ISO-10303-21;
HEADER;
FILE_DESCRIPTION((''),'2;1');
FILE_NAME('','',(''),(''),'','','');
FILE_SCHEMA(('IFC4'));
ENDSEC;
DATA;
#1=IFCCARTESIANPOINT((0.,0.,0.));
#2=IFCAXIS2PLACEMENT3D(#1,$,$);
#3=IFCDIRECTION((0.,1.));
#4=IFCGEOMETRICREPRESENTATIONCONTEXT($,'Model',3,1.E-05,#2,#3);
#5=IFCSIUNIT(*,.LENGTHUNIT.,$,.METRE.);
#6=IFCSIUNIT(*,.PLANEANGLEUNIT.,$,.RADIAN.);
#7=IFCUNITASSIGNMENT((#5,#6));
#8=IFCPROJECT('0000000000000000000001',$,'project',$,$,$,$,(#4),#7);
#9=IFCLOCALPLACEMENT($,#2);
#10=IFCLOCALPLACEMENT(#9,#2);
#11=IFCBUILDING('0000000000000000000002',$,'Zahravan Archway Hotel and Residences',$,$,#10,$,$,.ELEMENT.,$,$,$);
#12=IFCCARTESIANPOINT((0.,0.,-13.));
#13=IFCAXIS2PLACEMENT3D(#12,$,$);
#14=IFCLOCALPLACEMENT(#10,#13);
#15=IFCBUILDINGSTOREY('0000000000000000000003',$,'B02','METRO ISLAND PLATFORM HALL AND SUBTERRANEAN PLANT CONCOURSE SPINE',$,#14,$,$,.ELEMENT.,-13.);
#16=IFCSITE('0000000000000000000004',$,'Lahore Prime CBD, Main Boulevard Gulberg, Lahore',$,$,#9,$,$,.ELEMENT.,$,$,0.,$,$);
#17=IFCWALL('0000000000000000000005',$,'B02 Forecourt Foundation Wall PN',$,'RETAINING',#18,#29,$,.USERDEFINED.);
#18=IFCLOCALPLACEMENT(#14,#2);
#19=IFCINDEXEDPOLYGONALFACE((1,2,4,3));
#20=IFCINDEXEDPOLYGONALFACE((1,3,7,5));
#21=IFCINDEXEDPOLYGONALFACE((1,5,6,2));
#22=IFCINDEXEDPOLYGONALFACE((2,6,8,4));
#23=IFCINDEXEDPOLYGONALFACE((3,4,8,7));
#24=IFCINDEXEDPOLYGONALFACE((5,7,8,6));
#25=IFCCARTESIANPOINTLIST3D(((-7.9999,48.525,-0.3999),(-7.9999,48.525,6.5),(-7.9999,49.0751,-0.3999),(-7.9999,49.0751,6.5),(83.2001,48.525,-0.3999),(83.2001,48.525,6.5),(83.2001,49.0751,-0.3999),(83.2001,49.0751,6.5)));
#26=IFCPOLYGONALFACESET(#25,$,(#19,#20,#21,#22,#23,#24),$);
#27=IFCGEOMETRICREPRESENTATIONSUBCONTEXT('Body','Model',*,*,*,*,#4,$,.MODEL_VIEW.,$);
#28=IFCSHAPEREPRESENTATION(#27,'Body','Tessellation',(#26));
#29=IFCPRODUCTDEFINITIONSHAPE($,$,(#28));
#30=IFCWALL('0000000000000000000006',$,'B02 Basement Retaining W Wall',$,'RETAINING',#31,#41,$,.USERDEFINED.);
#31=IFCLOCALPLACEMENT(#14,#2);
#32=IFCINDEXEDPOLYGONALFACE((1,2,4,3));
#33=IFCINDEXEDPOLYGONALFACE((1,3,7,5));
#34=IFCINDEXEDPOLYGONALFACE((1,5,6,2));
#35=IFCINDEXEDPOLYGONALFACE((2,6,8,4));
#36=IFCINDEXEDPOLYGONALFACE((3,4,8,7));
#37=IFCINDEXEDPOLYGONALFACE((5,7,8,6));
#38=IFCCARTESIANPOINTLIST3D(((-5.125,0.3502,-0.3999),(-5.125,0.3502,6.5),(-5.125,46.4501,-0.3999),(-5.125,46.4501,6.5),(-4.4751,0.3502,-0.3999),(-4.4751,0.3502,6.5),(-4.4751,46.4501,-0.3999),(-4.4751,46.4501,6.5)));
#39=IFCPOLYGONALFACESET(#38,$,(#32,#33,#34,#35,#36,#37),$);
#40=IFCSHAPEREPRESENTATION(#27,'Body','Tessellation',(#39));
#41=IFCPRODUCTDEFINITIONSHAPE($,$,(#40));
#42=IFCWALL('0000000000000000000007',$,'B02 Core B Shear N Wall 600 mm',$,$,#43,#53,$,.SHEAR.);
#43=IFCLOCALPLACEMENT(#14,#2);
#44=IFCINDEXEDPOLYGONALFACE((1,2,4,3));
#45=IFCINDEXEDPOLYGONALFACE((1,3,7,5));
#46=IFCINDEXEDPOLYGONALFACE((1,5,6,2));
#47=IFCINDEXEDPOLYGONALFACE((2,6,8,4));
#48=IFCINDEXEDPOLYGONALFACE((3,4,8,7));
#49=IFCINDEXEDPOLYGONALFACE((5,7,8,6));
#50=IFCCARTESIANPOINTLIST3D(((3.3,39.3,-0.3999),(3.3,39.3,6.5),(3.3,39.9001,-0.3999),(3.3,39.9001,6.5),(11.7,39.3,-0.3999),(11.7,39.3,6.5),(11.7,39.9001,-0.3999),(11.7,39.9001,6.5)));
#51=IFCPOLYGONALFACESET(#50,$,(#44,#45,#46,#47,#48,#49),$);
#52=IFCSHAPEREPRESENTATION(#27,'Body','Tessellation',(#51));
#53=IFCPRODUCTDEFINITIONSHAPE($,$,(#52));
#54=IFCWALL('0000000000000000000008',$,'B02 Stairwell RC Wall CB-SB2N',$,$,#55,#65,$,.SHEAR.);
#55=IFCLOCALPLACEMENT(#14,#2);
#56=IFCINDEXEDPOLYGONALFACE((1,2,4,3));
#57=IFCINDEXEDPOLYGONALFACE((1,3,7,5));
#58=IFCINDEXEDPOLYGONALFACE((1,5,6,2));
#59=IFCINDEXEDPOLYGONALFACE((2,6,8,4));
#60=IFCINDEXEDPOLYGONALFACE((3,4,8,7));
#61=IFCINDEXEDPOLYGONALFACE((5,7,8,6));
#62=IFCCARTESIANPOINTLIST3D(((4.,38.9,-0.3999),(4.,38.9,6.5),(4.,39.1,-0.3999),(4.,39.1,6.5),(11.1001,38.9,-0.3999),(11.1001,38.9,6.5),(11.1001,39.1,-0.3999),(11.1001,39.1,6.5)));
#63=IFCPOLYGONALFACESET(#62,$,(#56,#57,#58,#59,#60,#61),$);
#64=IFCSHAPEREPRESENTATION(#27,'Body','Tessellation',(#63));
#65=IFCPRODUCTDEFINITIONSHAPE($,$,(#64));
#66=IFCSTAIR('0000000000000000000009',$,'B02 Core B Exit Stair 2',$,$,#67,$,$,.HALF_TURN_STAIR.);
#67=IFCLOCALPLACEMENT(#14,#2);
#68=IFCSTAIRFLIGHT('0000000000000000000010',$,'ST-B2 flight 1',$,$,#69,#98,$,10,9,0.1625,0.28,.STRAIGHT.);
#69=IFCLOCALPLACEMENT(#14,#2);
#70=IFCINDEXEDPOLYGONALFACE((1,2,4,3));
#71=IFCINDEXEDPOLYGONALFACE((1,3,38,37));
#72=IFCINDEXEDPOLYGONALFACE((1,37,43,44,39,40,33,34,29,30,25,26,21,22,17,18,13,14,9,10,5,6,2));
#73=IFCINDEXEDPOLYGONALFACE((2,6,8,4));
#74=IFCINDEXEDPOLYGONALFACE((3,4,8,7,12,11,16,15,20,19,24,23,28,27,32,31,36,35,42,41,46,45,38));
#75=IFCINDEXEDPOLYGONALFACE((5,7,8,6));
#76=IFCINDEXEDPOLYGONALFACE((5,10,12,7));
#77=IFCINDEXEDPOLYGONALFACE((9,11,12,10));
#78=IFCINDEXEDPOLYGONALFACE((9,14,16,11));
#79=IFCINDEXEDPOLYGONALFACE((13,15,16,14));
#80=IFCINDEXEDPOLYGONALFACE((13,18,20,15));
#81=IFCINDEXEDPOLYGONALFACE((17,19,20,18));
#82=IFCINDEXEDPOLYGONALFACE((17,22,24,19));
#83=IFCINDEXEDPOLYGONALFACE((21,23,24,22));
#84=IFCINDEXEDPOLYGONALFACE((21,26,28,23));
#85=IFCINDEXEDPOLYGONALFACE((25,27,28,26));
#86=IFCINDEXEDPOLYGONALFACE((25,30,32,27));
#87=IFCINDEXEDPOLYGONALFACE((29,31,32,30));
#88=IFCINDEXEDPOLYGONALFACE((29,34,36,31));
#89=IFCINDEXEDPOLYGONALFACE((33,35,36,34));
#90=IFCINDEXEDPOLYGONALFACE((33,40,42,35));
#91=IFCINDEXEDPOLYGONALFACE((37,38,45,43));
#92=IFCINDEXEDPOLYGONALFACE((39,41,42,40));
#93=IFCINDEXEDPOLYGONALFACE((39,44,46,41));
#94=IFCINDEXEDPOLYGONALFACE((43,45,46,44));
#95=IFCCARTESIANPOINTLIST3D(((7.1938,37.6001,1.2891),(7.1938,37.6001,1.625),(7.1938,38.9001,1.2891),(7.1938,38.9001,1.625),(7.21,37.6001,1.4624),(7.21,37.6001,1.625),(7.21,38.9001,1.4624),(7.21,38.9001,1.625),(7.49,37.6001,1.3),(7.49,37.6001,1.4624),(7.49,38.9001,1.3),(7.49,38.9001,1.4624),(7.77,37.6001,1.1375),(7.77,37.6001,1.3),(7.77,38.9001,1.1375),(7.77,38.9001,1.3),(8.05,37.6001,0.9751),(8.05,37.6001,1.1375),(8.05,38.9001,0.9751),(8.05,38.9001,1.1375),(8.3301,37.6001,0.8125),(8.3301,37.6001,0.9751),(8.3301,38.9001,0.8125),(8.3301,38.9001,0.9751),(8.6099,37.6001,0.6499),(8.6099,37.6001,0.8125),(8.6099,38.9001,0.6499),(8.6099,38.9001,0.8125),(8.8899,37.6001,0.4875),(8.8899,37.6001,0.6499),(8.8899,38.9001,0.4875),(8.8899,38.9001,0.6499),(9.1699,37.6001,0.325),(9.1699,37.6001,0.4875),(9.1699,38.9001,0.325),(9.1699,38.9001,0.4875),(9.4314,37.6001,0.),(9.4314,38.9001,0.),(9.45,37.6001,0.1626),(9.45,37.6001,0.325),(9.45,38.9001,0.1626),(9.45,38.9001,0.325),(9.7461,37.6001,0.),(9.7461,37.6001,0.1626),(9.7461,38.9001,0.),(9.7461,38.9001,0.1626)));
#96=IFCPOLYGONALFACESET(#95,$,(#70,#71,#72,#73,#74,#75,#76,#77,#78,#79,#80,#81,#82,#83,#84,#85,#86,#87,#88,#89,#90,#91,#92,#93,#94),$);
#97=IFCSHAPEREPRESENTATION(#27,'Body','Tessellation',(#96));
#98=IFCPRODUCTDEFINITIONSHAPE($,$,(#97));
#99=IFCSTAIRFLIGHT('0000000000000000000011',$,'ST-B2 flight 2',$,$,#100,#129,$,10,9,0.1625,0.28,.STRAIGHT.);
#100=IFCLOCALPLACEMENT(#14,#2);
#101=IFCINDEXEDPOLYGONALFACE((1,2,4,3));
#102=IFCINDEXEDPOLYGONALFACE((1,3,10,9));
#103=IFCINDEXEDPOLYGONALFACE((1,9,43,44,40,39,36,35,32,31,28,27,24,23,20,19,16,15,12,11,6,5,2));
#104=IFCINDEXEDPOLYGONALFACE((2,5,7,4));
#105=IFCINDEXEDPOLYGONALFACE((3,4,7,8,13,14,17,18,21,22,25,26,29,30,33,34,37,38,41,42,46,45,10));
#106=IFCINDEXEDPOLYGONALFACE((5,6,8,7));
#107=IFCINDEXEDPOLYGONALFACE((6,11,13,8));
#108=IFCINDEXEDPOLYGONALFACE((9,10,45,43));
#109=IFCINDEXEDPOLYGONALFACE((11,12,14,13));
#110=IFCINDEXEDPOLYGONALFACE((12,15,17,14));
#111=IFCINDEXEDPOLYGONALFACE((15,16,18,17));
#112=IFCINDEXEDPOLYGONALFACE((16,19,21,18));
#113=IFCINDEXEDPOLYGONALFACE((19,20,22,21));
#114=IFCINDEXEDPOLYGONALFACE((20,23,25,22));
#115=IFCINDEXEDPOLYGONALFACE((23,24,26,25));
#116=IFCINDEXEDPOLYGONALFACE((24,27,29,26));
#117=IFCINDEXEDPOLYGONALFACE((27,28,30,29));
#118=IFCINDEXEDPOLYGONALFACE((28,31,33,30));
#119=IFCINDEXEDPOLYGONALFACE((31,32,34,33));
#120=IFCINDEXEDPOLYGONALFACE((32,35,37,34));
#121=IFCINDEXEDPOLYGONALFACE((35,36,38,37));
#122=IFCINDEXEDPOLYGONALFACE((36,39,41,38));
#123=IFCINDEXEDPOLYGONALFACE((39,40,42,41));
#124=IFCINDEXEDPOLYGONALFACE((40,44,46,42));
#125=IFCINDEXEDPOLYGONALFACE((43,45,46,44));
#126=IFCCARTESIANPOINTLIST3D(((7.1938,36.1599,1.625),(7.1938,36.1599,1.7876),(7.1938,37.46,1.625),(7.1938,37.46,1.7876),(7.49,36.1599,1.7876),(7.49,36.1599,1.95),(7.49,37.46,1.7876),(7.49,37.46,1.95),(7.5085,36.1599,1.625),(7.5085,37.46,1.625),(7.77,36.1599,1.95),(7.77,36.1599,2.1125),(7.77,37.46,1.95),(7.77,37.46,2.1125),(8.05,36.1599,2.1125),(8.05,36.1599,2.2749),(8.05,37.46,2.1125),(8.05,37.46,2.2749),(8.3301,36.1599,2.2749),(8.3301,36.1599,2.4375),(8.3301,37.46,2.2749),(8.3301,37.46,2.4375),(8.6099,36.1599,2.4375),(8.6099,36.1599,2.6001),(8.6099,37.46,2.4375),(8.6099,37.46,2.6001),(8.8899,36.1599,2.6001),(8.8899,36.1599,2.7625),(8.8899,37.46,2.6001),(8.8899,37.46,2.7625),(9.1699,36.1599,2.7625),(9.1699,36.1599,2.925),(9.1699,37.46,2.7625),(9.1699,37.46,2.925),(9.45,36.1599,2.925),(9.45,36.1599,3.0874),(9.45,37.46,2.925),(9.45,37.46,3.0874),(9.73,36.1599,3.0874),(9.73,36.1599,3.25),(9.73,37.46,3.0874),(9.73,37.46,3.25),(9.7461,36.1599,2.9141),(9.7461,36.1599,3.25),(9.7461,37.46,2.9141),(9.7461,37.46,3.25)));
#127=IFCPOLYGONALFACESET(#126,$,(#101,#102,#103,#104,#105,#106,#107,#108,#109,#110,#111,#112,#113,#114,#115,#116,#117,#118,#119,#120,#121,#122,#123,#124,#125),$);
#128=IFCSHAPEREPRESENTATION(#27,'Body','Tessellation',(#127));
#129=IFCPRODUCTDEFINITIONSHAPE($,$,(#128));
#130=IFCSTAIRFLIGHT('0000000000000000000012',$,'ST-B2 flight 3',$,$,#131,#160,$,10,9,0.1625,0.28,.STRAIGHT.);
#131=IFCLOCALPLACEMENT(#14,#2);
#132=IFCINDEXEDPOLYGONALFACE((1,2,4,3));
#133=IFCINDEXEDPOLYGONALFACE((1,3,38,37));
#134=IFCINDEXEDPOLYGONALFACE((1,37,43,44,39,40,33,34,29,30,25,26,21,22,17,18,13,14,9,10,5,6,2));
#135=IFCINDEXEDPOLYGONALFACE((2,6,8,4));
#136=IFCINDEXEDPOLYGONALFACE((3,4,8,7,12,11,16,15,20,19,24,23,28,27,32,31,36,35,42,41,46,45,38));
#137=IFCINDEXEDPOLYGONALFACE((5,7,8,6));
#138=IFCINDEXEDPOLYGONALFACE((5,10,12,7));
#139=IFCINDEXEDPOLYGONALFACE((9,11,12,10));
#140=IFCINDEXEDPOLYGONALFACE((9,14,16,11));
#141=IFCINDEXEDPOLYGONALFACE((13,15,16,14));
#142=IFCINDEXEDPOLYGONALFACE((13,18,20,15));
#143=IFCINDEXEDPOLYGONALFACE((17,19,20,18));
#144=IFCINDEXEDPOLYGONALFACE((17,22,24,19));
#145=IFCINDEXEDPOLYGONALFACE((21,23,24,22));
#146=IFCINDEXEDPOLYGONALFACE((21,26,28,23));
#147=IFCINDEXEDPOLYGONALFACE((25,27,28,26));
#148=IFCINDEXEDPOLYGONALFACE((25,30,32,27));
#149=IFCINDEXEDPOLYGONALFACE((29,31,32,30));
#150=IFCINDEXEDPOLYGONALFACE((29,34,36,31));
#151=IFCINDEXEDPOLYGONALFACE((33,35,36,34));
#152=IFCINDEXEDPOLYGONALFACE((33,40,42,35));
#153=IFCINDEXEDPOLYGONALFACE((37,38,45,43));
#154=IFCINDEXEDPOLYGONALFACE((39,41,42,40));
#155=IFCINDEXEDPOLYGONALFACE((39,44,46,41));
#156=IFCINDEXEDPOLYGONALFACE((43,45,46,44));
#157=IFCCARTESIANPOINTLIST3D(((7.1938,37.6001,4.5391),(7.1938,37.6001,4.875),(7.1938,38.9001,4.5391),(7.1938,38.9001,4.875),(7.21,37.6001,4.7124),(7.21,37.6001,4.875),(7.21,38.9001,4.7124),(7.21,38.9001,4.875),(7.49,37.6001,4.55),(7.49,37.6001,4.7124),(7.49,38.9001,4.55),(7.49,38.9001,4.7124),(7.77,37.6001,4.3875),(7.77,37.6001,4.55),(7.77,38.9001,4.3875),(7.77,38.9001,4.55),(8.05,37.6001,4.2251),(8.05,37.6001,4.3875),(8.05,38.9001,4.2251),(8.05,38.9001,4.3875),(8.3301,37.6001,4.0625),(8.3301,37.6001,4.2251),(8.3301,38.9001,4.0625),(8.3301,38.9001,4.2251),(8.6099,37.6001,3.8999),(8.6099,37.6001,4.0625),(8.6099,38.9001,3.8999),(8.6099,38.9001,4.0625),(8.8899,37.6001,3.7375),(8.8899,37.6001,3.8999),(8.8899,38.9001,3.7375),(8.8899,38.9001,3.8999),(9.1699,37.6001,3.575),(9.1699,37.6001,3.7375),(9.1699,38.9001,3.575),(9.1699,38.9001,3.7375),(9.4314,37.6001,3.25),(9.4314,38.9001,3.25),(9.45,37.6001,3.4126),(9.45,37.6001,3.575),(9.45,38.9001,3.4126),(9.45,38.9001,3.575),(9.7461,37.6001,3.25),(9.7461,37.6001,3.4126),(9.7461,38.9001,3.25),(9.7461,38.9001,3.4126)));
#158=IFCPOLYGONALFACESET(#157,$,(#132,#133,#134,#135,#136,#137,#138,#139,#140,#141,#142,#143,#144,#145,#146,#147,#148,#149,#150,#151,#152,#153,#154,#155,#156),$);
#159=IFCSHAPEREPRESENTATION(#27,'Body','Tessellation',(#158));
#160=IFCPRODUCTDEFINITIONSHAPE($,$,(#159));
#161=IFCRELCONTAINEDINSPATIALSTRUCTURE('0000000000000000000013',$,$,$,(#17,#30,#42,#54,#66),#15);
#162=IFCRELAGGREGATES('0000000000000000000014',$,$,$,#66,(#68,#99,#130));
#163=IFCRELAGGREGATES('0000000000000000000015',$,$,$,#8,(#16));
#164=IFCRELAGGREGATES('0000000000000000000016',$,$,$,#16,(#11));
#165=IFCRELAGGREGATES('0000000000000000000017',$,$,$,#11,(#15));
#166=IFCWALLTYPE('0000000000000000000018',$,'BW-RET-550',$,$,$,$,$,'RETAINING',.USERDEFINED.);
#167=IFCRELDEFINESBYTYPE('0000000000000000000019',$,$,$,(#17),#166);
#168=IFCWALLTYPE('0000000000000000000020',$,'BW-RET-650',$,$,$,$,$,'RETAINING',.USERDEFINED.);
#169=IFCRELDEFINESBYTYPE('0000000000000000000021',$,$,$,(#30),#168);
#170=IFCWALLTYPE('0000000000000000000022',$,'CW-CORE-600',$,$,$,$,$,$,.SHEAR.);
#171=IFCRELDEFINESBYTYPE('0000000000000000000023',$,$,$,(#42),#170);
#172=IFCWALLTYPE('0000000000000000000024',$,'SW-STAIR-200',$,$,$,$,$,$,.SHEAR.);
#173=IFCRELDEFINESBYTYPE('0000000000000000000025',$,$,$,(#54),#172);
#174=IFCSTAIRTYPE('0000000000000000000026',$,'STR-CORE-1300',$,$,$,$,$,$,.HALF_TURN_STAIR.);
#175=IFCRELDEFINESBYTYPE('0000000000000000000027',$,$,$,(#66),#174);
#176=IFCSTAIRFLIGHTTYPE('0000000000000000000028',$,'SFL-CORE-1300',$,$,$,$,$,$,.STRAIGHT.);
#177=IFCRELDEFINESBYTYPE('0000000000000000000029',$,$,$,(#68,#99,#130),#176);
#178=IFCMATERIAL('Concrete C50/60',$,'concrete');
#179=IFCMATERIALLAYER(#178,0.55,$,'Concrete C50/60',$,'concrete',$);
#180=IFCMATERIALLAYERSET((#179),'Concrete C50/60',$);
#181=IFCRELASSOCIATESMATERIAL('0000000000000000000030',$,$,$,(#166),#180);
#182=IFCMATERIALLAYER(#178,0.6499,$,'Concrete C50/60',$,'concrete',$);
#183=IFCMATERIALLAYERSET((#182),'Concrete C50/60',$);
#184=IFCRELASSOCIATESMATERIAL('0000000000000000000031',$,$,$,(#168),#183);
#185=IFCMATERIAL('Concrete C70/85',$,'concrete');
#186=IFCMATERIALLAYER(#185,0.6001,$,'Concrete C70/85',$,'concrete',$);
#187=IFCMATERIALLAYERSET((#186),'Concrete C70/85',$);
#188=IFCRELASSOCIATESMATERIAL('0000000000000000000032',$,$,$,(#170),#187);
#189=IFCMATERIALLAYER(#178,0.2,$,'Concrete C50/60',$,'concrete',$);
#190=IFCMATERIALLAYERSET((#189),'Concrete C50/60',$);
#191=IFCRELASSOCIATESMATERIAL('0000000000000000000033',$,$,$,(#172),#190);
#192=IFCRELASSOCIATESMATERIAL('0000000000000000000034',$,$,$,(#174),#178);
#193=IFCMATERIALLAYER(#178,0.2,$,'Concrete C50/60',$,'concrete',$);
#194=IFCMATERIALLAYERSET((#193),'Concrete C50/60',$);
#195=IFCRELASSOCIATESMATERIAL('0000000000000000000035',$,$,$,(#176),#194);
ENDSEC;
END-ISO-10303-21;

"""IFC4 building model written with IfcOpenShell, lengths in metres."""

from ifc_helpers import new_model, si_unit, direction, frame, frame_2d, origin, place, context, subcontext, project, spatial, polyline, rectangle, outline, extrude, source, transform, mapped, material, layer, layer_set, type_object, type_shapes, element, aggregate, save


model = new_model("IFC4")

# Units and contexts
model_context = context("Model", 3, precision=1e-05, world=origin(), true_north=direction((0.0, 1.0)))
body_context = subcontext(model_context, "Body", "Model", "MODEL_VIEW")
ifc_project = project(units=[si_unit("LENGTHUNIT", "METRE"), si_unit("PLANEANGLEUNIT", "RADIAN")], contexts=[model_context])

# Site, building, storey
site_placement = place(None, origin())
site = spatial("IfcSite", under=ifc_project, at=site_placement, Name="Lahore Prime CBD, Main Boulevard Gulberg, Lahore", CompositionType="ELEMENT", RefElevation=0.0)
building_placement = place(site_placement, origin())
building = spatial("IfcBuilding", under=site, at=building_placement, Name="Zahravan Archway Hotel and Residences", CompositionType="ELEMENT")
storey_placement = place(building_placement, frame((0.0, 0.0, -13.0)))
storey = spatial("IfcBuildingStorey", under=building, at=storey_placement, Name="B02", Description="METRO ISLAND PLATFORM HALL AND SUBTERRANEAN PLANT CONCOURSE SPINE", CompositionType="ELEMENT", Elevation=-13.0)

# Shared definitions
ifc_material_1 = material(Name="Concrete C50/60", Category="concrete")

# Shared definitions
ifc_material_2 = material(Name="Concrete C70/85", Category="concrete")

# Walls
ifc_layer_1 = layer(ifc_material_1, 0.55, Name="Concrete C50/60", Category="concrete")
ifc_layer_set_1 = layer_set([ifc_layer_1], Name="Concrete C50/60")
wall_type_1 = type_object("IfcWallType", Name="BW-RET-550", ElementType="RETAINING", PredefinedType="USERDEFINED", material=ifc_layer_set_1)
wall_1_placement = place(storey_placement, frame((-8.0, 48.8, -0.3999), z_axis=(0.0, 0.0, 1.0), x_axis=(1.0, 0.0, 0.0)))
element("IfcWall", 1, at=wall_1_placement, inside=storey, type_object=wall_type_1, Name="B02 Forecourt Foundation Wall PN", ObjectType="RETAINING", PredefinedType="USERDEFINED", context=body_context, shape_type="SweptSolid", body=[
    extrude(rectangle(XDim=91.2, YDim=0.55, at=frame_2d((45.6001, 0.0))), origin(), (0.0, 0.0, 1.0), 6.8999),
])
ifc_layer_2 = layer(ifc_material_1, 0.6499, Name="Concrete C50/60", Category="concrete")
ifc_layer_set_2 = layer_set([ifc_layer_2], Name="Concrete C50/60")
wall_type_2 = type_object("IfcWallType", Name="BW-RET-650", ElementType="RETAINING", PredefinedType="USERDEFINED", material=ifc_layer_set_2)
wall_2_placement = place(storey_placement, frame((-4.8, 46.45, -0.3999), z_axis=(0.0, 0.0, 1.0), x_axis=(0.0, -1.0, 0.0)))
element("IfcWall", 2, at=wall_2_placement, inside=storey, type_object=wall_type_2, Name="B02 Basement Retaining W Wall", ObjectType="RETAINING", PredefinedType="USERDEFINED", context=body_context, shape_type="SweptSolid", body=[
    extrude(rectangle(XDim=46.0999, YDim=0.6499, at=frame_2d((23.0498, 0.0))), origin(), (0.0, 0.0, 1.0), 6.8999),
])
ifc_layer_3 = layer(ifc_material_2, 0.6001, Name="Concrete C70/85", Category="concrete")
ifc_layer_set_3 = layer_set([ifc_layer_3], Name="Concrete C70/85")
wall_type_3 = type_object("IfcWallType", Name="CW-CORE-600", PredefinedType="SHEAR", material=ifc_layer_set_3)
wall_3_placement = place(storey_placement, frame((3.3, 39.6001, -0.3999), z_axis=(0.0, 0.0, 1.0), x_axis=(1.0, 0.0, 0.0)))
element("IfcWall", 3, at=wall_3_placement, inside=storey, type_object=wall_type_3, Name="B02 Core B Shear N Wall 600 mm", PredefinedType="SHEAR", context=body_context, shape_type="SweptSolid", body=[
    extrude(rectangle(XDim=8.3999, YDim=0.6001, at=frame_2d((4.2, 0.0))), origin(), (0.0, 0.0, 1.0), 6.8999),
])
ifc_layer_4 = layer(ifc_material_1, 0.2, Name="Concrete C50/60", Category="concrete")
ifc_layer_set_4 = layer_set([ifc_layer_4], Name="Concrete C50/60")
wall_type_4 = type_object("IfcWallType", Name="SW-STAIR-200", PredefinedType="SHEAR", material=ifc_layer_set_4)
wall_4_placement = place(storey_placement, frame((4.0, 39.0, -0.3999), z_axis=(0.0, 0.0, 1.0), x_axis=(1.0, 0.0, 0.0)))
element("IfcWall", 4, at=wall_4_placement, inside=storey, type_object=wall_type_4, Name="B02 Stairwell RC Wall CB-SB2N", PredefinedType="SHEAR", context=body_context, shape_type="SweptSolid", body=[
    extrude(rectangle(XDim=7.1001, YDim=0.2, at=frame_2d((3.55, 0.0))), origin(), (0.0, 0.0, 1.0), 6.8999),
])

# Stair, stair flights
stair_type = type_object("IfcStairType", Name="STR-CORE-1300", PredefinedType="HALF_TURN_STAIR", material=ifc_material_1)
stair_placement = place(storey_placement, origin())
stair = element("IfcStair", 5, at=stair_placement, inside=storey, type_object=stair_type, Name="B02 Core B Exit Stair 2", PredefinedType="HALF_TURN_STAIR")
ifc_layer_5 = layer(ifc_material_1, 0.2, Name="Concrete C50/60", Category="concrete")
ifc_layer_set_5 = layer_set([ifc_layer_5], Name="Concrete C50/60")
stair_flight_type = type_object("IfcStairFlightType", Name="SFL-CORE-1300", PredefinedType="STRAIGHT", material=ifc_layer_set_5)
shared_shape_1 = source(origin(), body_context, "Body", "SweptSolid", [
    extrude(outline(polyline([(-0.0161, 0.0), (-0.0161, 0.1626), (0.28, 0.1626), (0.28, 0.325), (0.5601, 0.325), (0.5601, 0.4875), (0.8401, 0.4875), (0.8401, 0.6499), (1.1201, 0.6499), (1.1201, 0.8125), (1.3999, 0.8125), (1.3999, 0.9751), (1.6799, 0.9751), (1.6799, 1.1375), (1.96, 1.1375), (1.96, 1.3), (2.24, 1.3), (2.24, 1.4624), (2.52, 1.4624), (2.52, 1.625), (2.5361, 1.625), (2.5361, 1.2891), (0.2986, 0.0), (-0.0161, 0.0)])), frame((0.0, 0.6499, 0.0), z_axis=(0.0, -1.0, 0.0), x_axis=(1.0, 0.0, 0.0)), (0.0, 0.0, 1.0), 1.3),
])
type_shapes(stair_flight_type, [shared_shape_1])
stair_flight_1_placement = place(storey_placement, frame((9.73, 38.25, 0.0), z_axis=(0.0, 0.0, 1.0), x_axis=(-1.0, 0.0, 0.0)))
stair_flight_1 = element("IfcStairFlight", 6, at=stair_flight_1_placement, type_object=stair_flight_type, Name="ST-B2 flight 1", NumberOfRisers=10, NumberOfTreads=9, PredefinedType="STRAIGHT", RiserHeight=0.1625, TreadLength=0.28, context=body_context, shape_type="MappedRepresentation", body=[
    mapped(shared_shape_1, transform((0.0, 0.0, 0.0), scale=1.0)),
])
stair_flight_2_placement = place(storey_placement, frame((7.21, 36.8101, 1.625), z_axis=(0.0, 0.0, 1.0), x_axis=(1.0, 0.0, 0.0)))
stair_flight_2 = element("IfcStairFlight", 7, at=stair_flight_2_placement, type_object=stair_flight_type, Name="ST-B2 flight 2", NumberOfRisers=10, NumberOfTreads=9, PredefinedType="STRAIGHT", RiserHeight=0.1625, TreadLength=0.28, context=body_context, shape_type="MappedRepresentation", body=[
    mapped(shared_shape_1, transform((0.0, 0.0, 0.0), scale=1.0)),
])
stair_flight_3_placement = place(storey_placement, frame((9.73, 38.25, 3.25), z_axis=(0.0, 0.0, 1.0), x_axis=(-1.0, 0.0, 0.0)))
stair_flight_3 = element("IfcStairFlight", 8, at=stair_flight_3_placement, type_object=stair_flight_type, Name="ST-B2 flight 3", NumberOfRisers=10, NumberOfTreads=9, PredefinedType="STRAIGHT", RiserHeight=0.1625, TreadLength=0.28, context=body_context, shape_type="MappedRepresentation", body=[
    mapped(shared_shape_1, transform((0.0, 0.0, 0.0), scale=1.0)),
])
aggregate(stair, [stair_flight_1, stair_flight_2, stair_flight_3])

save(model, "model.ifc")
